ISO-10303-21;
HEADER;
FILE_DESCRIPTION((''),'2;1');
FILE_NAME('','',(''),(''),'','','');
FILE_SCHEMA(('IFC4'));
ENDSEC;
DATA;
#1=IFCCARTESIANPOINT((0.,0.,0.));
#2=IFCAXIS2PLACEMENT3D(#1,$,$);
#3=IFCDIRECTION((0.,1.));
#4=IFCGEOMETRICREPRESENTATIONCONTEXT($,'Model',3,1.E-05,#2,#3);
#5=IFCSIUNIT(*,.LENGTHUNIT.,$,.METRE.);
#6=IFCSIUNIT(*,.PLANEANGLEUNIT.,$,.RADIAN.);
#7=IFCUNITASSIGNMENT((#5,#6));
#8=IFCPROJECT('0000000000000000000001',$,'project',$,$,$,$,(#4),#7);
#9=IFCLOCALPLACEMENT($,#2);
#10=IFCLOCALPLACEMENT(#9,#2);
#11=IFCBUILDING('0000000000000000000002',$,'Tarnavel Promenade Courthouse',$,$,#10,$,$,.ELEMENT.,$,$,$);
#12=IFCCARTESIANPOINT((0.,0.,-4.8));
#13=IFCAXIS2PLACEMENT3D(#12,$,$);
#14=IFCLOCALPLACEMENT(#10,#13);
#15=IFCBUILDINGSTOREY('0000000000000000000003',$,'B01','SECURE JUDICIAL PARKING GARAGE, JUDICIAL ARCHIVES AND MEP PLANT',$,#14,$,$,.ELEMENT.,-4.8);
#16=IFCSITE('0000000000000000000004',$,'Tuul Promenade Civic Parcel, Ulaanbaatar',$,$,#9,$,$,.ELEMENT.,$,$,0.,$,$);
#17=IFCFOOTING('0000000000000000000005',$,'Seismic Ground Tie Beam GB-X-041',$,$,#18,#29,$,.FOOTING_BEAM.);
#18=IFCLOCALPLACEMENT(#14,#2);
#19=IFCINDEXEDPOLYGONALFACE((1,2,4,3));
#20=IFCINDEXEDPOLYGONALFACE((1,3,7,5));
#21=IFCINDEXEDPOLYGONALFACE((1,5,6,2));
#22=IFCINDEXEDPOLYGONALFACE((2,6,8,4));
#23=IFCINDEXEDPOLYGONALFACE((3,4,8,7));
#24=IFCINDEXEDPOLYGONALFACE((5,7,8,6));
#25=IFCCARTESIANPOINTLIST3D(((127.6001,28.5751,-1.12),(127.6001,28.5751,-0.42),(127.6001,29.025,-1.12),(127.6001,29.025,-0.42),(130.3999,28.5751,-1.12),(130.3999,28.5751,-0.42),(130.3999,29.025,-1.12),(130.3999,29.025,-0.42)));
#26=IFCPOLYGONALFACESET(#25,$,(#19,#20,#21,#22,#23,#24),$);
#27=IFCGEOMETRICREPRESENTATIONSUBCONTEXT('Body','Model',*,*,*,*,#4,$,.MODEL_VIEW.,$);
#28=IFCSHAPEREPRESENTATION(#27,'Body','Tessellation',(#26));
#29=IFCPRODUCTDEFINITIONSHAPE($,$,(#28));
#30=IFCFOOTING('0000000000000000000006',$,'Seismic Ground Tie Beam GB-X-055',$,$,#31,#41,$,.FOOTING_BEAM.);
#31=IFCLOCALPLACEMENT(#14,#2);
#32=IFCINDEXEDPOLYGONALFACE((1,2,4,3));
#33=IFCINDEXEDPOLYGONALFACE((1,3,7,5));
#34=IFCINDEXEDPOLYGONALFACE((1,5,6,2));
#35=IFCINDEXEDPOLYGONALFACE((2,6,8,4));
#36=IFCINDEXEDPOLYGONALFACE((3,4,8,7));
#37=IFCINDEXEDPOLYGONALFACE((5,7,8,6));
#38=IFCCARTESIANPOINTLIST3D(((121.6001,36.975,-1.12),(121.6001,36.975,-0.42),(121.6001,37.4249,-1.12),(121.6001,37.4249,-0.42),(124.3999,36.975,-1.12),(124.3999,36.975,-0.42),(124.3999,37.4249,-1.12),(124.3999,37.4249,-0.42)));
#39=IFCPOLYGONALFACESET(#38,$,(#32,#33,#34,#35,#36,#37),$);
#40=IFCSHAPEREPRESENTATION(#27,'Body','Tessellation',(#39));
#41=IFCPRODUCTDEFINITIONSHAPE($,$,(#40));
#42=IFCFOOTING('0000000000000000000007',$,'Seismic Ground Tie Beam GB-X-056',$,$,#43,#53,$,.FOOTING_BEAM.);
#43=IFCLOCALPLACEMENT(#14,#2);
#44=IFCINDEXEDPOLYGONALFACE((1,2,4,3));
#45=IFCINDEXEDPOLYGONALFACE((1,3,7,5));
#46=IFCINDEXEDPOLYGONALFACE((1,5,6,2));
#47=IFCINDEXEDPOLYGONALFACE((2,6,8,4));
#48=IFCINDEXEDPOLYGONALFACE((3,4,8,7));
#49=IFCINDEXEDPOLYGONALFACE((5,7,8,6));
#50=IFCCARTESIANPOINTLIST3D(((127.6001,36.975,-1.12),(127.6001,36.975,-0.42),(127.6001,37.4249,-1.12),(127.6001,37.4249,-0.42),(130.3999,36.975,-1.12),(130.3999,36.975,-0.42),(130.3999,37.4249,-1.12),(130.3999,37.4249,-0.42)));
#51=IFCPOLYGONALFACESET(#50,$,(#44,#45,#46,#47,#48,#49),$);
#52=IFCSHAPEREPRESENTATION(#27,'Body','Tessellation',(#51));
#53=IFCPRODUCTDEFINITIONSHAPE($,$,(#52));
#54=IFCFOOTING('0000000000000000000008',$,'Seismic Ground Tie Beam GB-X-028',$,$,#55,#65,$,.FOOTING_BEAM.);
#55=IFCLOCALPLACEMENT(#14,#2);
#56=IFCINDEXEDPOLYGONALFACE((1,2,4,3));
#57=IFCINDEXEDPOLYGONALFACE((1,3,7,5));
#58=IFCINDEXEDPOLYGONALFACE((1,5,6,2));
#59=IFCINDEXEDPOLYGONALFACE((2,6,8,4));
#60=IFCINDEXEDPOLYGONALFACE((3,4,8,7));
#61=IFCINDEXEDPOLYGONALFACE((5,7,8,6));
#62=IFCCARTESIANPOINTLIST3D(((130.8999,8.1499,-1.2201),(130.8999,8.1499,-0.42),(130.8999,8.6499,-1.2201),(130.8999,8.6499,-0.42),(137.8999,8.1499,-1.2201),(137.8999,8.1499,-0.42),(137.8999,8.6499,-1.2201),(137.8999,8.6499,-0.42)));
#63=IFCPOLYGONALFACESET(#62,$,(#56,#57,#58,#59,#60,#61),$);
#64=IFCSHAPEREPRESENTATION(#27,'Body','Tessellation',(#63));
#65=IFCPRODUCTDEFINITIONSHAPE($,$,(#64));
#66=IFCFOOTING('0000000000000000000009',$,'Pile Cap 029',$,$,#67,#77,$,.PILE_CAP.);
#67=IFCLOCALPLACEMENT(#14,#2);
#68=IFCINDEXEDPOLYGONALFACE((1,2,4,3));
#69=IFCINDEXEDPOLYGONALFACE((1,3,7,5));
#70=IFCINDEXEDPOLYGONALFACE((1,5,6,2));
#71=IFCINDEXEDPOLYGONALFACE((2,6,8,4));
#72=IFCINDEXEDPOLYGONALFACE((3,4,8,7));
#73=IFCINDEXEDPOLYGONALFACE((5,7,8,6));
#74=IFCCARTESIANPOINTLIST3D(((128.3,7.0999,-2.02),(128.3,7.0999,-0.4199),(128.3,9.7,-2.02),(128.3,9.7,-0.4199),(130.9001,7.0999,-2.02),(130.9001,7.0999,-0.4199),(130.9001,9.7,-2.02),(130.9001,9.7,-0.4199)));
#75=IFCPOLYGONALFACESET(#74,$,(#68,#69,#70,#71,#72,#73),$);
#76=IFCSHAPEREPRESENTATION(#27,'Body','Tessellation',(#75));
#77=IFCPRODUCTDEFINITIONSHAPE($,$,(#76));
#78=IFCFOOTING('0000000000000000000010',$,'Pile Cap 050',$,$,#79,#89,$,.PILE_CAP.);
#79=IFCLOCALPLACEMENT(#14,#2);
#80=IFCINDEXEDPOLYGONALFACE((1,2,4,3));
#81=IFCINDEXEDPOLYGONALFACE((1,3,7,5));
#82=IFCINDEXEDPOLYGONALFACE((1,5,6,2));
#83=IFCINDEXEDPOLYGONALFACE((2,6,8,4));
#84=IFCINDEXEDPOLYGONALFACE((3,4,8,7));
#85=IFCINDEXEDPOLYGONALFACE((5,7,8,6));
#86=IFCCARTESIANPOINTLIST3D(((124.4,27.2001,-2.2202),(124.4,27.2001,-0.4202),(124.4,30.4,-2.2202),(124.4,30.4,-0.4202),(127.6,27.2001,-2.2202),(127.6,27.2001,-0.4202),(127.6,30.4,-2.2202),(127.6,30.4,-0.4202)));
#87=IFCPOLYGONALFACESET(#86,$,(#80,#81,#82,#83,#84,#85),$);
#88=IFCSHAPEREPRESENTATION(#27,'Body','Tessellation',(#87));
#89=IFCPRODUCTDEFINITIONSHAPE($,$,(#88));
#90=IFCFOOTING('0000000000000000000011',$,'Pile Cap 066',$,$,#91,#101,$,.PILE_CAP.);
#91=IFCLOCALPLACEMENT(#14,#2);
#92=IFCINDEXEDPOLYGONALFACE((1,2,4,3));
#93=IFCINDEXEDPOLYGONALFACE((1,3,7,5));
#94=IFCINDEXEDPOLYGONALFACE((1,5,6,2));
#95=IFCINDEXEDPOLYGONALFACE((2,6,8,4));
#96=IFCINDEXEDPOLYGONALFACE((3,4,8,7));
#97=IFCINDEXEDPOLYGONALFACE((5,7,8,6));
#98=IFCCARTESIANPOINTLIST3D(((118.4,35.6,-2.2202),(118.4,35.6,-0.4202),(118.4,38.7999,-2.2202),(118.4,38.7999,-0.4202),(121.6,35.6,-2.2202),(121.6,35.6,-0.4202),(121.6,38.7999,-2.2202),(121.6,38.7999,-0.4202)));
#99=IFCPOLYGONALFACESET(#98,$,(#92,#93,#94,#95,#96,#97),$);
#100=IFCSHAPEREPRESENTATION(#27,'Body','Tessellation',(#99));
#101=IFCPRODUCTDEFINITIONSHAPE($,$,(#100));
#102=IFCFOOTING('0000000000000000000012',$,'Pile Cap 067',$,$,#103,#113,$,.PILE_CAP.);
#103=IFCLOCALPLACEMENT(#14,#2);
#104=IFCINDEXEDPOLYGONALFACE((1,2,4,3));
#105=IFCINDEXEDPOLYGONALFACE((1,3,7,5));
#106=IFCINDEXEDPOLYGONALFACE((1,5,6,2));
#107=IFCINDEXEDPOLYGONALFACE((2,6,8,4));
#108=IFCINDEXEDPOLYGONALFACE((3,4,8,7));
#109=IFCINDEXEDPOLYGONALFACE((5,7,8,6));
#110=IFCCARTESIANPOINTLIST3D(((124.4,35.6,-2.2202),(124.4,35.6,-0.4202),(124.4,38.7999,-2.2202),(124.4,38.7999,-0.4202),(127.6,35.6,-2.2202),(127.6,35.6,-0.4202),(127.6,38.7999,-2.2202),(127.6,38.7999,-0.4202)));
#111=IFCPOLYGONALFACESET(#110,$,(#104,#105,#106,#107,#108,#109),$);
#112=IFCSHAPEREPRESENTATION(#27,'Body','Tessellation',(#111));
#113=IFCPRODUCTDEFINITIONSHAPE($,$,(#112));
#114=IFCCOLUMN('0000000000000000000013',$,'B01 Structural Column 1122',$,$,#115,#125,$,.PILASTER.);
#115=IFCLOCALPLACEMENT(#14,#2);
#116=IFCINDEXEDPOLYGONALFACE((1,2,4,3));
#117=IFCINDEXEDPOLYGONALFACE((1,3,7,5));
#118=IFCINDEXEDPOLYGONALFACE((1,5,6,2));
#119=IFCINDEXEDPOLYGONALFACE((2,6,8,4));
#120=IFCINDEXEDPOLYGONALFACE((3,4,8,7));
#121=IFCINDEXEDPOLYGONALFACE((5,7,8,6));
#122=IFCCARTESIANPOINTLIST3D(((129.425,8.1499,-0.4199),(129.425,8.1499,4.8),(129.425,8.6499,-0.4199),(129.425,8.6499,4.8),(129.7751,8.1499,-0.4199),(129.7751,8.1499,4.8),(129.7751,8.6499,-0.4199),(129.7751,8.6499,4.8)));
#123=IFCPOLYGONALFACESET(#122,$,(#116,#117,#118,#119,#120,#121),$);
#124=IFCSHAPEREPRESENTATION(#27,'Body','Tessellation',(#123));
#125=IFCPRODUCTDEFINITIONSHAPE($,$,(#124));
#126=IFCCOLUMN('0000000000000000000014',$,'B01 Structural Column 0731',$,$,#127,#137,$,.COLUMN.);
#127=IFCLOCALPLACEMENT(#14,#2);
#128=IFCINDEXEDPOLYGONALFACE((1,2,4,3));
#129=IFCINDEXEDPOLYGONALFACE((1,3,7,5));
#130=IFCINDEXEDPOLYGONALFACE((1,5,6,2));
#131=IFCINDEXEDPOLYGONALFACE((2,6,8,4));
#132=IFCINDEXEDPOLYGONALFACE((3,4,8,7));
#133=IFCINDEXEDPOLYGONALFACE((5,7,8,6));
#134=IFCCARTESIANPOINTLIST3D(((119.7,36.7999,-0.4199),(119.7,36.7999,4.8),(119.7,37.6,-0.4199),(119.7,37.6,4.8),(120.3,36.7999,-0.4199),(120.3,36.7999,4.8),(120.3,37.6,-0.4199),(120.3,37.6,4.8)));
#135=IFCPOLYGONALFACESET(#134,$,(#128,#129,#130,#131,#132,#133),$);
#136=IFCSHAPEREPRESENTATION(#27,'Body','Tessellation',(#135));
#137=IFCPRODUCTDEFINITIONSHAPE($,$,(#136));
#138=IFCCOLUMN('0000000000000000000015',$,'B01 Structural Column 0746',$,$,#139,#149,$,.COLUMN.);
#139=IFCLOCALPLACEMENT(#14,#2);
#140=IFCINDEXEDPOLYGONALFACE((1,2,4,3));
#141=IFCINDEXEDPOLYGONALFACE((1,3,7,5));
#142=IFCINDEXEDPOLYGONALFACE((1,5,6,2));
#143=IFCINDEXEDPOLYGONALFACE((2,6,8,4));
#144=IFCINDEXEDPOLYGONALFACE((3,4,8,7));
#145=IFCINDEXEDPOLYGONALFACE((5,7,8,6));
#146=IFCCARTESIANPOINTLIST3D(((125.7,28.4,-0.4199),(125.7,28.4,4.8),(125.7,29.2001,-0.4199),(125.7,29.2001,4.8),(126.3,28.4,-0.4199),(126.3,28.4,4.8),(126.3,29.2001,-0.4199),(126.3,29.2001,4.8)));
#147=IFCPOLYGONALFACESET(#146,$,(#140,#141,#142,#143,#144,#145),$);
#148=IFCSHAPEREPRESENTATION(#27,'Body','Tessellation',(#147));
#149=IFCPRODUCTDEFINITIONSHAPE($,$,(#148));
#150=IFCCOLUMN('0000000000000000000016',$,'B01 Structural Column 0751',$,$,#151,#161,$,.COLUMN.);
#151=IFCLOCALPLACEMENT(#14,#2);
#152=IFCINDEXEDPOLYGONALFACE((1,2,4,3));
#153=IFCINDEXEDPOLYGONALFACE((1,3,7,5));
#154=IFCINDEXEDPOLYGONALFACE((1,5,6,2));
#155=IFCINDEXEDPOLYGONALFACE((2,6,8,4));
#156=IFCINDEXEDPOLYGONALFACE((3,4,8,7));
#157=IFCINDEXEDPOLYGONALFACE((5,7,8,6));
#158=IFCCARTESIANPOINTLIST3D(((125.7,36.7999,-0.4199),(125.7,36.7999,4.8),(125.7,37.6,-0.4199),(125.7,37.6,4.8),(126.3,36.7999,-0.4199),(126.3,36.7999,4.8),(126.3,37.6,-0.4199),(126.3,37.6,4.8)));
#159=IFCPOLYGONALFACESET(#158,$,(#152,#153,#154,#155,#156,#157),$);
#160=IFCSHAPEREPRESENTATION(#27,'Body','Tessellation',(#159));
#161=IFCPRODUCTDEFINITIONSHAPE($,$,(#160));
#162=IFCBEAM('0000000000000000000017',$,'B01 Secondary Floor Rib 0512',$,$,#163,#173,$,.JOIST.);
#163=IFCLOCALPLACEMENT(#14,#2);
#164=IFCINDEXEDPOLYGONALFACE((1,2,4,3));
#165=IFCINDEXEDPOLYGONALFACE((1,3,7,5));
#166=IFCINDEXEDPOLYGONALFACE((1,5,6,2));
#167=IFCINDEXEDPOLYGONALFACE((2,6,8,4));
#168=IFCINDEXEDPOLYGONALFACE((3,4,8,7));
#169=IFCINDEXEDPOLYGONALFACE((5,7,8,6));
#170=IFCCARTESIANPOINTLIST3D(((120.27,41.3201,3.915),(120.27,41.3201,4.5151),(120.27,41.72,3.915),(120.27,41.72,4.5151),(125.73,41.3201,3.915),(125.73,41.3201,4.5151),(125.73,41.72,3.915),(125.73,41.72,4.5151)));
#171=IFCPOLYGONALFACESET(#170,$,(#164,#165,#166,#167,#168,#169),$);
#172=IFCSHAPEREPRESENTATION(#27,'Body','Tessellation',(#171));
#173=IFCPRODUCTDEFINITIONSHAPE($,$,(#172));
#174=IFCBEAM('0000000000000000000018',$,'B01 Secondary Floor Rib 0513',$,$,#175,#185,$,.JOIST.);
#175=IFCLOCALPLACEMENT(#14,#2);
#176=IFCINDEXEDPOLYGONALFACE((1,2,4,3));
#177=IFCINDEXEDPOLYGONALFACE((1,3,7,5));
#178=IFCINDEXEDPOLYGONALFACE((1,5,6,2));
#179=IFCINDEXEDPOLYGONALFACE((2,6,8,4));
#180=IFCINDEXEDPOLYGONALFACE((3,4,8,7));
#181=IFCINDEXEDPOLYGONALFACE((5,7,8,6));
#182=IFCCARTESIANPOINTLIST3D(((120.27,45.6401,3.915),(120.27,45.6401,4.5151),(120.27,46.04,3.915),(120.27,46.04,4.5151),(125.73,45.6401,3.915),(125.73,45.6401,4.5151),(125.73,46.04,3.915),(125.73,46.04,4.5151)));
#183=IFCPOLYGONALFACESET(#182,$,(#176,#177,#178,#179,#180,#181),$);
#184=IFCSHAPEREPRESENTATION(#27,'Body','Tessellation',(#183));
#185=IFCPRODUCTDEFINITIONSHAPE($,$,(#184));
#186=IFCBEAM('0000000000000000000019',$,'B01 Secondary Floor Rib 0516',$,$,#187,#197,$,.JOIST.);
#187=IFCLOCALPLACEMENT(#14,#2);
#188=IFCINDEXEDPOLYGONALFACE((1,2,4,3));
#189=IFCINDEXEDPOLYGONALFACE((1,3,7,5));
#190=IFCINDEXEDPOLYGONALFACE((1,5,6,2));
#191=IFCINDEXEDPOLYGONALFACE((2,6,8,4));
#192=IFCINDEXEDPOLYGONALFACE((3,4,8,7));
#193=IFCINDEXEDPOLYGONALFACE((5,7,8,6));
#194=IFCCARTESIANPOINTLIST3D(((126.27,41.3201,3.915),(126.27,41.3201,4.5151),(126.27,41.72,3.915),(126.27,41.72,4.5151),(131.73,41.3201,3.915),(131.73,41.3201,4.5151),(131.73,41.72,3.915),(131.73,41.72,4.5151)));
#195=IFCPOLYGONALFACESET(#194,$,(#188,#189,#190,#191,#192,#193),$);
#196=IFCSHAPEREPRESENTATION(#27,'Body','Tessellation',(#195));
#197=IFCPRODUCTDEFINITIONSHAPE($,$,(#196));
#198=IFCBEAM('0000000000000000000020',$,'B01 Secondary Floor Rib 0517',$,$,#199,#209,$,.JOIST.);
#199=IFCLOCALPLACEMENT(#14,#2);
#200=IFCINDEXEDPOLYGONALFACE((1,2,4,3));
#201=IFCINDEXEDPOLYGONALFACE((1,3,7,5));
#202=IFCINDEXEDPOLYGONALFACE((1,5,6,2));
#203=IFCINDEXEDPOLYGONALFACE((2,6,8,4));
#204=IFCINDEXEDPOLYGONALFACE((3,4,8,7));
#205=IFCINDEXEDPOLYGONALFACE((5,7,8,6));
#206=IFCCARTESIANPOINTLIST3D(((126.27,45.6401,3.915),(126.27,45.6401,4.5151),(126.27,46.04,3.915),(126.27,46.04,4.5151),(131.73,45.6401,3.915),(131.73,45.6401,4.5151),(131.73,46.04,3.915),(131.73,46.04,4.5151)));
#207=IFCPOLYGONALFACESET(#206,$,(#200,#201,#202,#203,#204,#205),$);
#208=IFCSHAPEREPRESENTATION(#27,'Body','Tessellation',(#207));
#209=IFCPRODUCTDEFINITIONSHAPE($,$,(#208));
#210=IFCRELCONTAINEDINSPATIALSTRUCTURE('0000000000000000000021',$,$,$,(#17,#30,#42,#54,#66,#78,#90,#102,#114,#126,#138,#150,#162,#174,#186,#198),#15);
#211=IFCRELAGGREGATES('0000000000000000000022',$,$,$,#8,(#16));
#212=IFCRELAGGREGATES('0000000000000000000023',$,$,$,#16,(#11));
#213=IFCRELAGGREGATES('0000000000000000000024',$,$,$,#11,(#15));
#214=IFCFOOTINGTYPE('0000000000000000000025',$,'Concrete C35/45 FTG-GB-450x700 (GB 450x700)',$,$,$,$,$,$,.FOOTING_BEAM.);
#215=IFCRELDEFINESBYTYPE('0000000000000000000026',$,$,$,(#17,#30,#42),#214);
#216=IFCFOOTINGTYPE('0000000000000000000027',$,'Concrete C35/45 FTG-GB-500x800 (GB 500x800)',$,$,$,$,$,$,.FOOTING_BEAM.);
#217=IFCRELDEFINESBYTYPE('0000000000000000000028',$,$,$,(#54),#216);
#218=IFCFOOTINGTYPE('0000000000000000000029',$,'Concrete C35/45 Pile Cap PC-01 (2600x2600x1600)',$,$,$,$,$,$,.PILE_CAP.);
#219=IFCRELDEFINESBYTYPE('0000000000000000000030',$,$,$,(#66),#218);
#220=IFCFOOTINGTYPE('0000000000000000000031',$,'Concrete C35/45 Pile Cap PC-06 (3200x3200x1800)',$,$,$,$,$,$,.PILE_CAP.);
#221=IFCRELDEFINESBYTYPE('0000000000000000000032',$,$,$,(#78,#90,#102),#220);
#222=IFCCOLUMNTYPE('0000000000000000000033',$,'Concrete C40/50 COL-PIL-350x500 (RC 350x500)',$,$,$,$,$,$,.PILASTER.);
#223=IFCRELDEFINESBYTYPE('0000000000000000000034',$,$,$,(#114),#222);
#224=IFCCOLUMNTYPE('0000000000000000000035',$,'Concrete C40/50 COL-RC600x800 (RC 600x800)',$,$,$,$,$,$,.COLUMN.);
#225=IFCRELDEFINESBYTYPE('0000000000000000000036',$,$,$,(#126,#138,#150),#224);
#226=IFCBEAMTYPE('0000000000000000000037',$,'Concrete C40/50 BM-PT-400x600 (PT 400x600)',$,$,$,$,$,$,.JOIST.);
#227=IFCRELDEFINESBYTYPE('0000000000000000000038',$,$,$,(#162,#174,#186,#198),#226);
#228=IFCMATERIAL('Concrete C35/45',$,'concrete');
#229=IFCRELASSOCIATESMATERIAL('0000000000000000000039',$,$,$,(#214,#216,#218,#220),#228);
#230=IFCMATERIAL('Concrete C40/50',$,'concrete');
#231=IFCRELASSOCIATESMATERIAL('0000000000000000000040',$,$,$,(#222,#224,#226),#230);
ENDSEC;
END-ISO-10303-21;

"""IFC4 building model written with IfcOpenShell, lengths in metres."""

from ifc_helpers import new_model, si_unit, direction, frame, origin, origin_2d, place, context, subcontext, project, spatial, rectangle, extrude, material, material_profile, profile_set, type_object, element, save


model = new_model("IFC4")

# Units and contexts
model_context = context("Model", 3, precision=1e-05, world=origin(), true_north=direction((0.0, 1.0)))
body_context = subcontext(model_context, "Body", "Model", "MODEL_VIEW")
ifc_project = project(units=[si_unit("LENGTHUNIT", "METRE"), si_unit("PLANEANGLEUNIT", "RADIAN")], contexts=[model_context])

# Site, building, storey
site_placement = place(None, origin())
site = spatial("IfcSite", under=ifc_project, at=site_placement, Name="Tuul Promenade Civic Parcel, Ulaanbaatar", CompositionType="ELEMENT", RefElevation=0.0)
building_placement = place(site_placement, origin())
building = spatial("IfcBuilding", under=site, at=building_placement, Name="Tarnavel Promenade Courthouse", CompositionType="ELEMENT")
storey_placement = place(building_placement, frame((0.0, 0.0, -4.8)))
storey = spatial("IfcBuildingStorey", under=building, at=storey_placement, Name="B01", Description="SECURE JUDICIAL PARKING GARAGE, JUDICIAL ARCHIVES AND MEP PLANT", CompositionType="ELEMENT", Elevation=-4.8)

# Footings
ifc_material_1 = material(Name="Concrete C35/45", Category="concrete")
ifc_material_profile_1 = material_profile(ifc_material_1, rectangle(XDim=0.45, YDim=0.7, at=origin_2d()), Name="GB 450x700")
ifc_profile_set_1 = profile_set([ifc_material_profile_1], Name="Concrete C35/45")
footing_type_1 = type_object("IfcFootingType", Name="Concrete C35/45 FTG-GB-450x700 (GB 450x700)", PredefinedType="FOOTING_BEAM", material=ifc_profile_set_1)
for number, where, z_axis, x_axis, name in (
    (1, (127.6001, 28.8, -0.77), (1.0, 0.0, 0.0), (0.0, 1.0, 0.0), "Seismic Ground Tie Beam GB-X-041"),
    (2, (121.6001, 37.2, -0.77), (1.0, 0.0, 0.0), (0.0, 1.0, 0.0), "Seismic Ground Tie Beam GB-X-055"),
    (3, (127.6001, 37.2, -0.77), (1.0, 0.0, 0.0), (0.0, 1.0, 0.0), "Seismic Ground Tie Beam GB-X-056"),
):
    element("IfcFooting", number, at=place(storey_placement, frame(where, z_axis=z_axis, x_axis=x_axis)), inside=storey, type_object=footing_type_1, Name=name, PredefinedType="FOOTING_BEAM", context=body_context, shape_type="SweptSolid", body=[
        extrude(rectangle(XDim=0.45, YDim=0.7, at=origin_2d()), origin(), (0.0, 0.0, 1.0), 2.7998),
    ])
ifc_material_profile_2 = material_profile(ifc_material_1, rectangle(XDim=0.5, YDim=0.8, at=origin_2d()), Name="GB 500x800")
ifc_profile_set_2 = profile_set([ifc_material_profile_2], Name="Concrete C35/45")
footing_type_2 = type_object("IfcFootingType", Name="Concrete C35/45 FTG-GB-500x800 (GB 500x800)", PredefinedType="FOOTING_BEAM", material=ifc_profile_set_2)
footing_1_placement = place(storey_placement, frame((130.8999, 8.3999, -0.8201), z_axis=(1.0, 0.0, 0.0), x_axis=(0.0, 1.0, 0.0)))
element("IfcFooting", 4, at=footing_1_placement, inside=storey, type_object=footing_type_2, Name="Seismic Ground Tie Beam GB-X-028", PredefinedType="FOOTING_BEAM", context=body_context, shape_type="SweptSolid", body=[
    extrude(rectangle(XDim=0.5, YDim=0.8, at=origin_2d()), origin(), (0.0, 0.0, 1.0), 7.0),
])
footing_type_3 = type_object("IfcFootingType", Name="Concrete C35/45 Pile Cap PC-01 (2600x2600x1600)", PredefinedType="PILE_CAP", material=ifc_material_1)
footing_2_placement = place(storey_placement, frame((129.6001, 8.3999, -2.02), z_axis=(0.0, 0.0, 1.0), x_axis=(1.0, 0.0, 0.0)))
element("IfcFooting", 5, at=footing_2_placement, inside=storey, type_object=footing_type_3, Name="Pile Cap 029", PredefinedType="PILE_CAP", context=body_context, shape_type="SweptSolid", body=[
    extrude(rectangle(XDim=2.6001, YDim=2.6001, at=origin_2d()), origin(), (0.0, 0.0, 1.0), 1.6001),
])
footing_type_4 = type_object("IfcFootingType", Name="Concrete C35/45 Pile Cap PC-06 (3200x3200x1800)", PredefinedType="PILE_CAP", material=ifc_material_1)
for number, where, z_axis, x_axis, name in (
    (6, (126.0, 28.8, -2.2202), (0.0, 0.0, 1.0), (1.0, 0.0, 0.0), "Pile Cap 050"),
    (7, (120.0, 37.2, -2.2202), (0.0, 0.0, 1.0), (1.0, 0.0, 0.0), "Pile Cap 066"),
    (8, (126.0, 37.2, -2.2202), (0.0, 0.0, 1.0), (1.0, 0.0, 0.0), "Pile Cap 067"),
):
    element("IfcFooting", number, at=place(storey_placement, frame(where, z_axis=z_axis, x_axis=x_axis)), inside=storey, type_object=footing_type_4, Name=name, PredefinedType="PILE_CAP", context=body_context, shape_type="SweptSolid", body=[
        extrude(rectangle(XDim=3.2, YDim=3.2, at=origin_2d()), origin(), (0.0, 0.0, 1.0), 1.8),
    ])

# Columns
ifc_material_2 = material(Name="Concrete C40/50", Category="concrete")
ifc_material_profile_3 = material_profile(ifc_material_2, rectangle(XDim=0.3501, YDim=0.5, at=origin_2d()), Name="RC 350x500")
ifc_profile_set_3 = profile_set([ifc_material_profile_3], Name="Concrete C40/50")
column_type_1 = type_object("IfcColumnType", Name="Concrete C40/50 COL-PIL-350x500 (RC 350x500)", PredefinedType="PILASTER", material=ifc_profile_set_3)
column_placement = place(storey_placement, frame((129.6001, 8.3999, -0.4199), z_axis=(0.0, 0.0, 1.0), x_axis=(1.0, 0.0, 0.0)))
element("IfcColumn", 9, at=column_placement, inside=storey, type_object=column_type_1, Name="B01 Structural Column 1122", PredefinedType="PILASTER", context=body_context, shape_type="SweptSolid", body=[
    extrude(rectangle(XDim=0.3501, YDim=0.5, at=origin_2d()), origin(), (0.0, 0.0, 1.0), 5.22),
])
ifc_material_profile_4 = material_profile(ifc_material_2, rectangle(XDim=0.6001, YDim=0.8, at=origin_2d()), Name="RC 600x800")
ifc_profile_set_4 = profile_set([ifc_material_profile_4], Name="Concrete C40/50")
column_type_2 = type_object("IfcColumnType", Name="Concrete C40/50 COL-RC600x800 (RC 600x800)", PredefinedType="COLUMN", material=ifc_profile_set_4)
for number, where, z_axis, x_axis, name in (
    (10, (120.0, 37.2, -0.4199), (0.0, 0.0, 1.0), (1.0, 0.0, 0.0), "B01 Structural Column 0731"),
    (11, (126.0, 28.8, -0.4199), (0.0, 0.0, 1.0), (1.0, 0.0, 0.0), "B01 Structural Column 0746"),
    (12, (126.0, 37.2, -0.4199), (0.0, 0.0, 1.0), (1.0, 0.0, 0.0), "B01 Structural Column 0751"),
):
    element("IfcColumn", number, at=place(storey_placement, frame(where, z_axis=z_axis, x_axis=x_axis)), inside=storey, type_object=column_type_2, Name=name, PredefinedType="COLUMN", context=body_context, shape_type="SweptSolid", body=[
        extrude(rectangle(XDim=0.6001, YDim=0.8, at=origin_2d()), origin(), (0.0, 0.0, 1.0), 5.22),
    ])

# Beams
ifc_material_profile_5 = material_profile(ifc_material_2, rectangle(XDim=0.3999, YDim=0.6001, at=origin_2d()), Name="PT 400x600")
ifc_profile_set_5 = profile_set([ifc_material_profile_5], Name="Concrete C40/50")
beam_type_1 = type_object("IfcBeamType", Name="Concrete C40/50 BM-PT-400x600 (PT 400x600)", PredefinedType="JOIST", material=ifc_profile_set_5)
for number, where, z_axis, x_axis, name in (
    (13, (120.27, 41.52, 4.2151), (1.0, 0.0, 0.0), (0.0, 1.0, 0.0), "B01 Secondary Floor Rib 0512"),
    (14, (120.27, 45.8401, 4.2151), (1.0, 0.0, 0.0), (0.0, 1.0, 0.0), "B01 Secondary Floor Rib 0513"),
    (15, (126.27, 41.52, 4.2151), (1.0, 0.0, 0.0), (0.0, 1.0, 0.0), "B01 Secondary Floor Rib 0516"),
    (16, (126.27, 45.8401, 4.2151), (1.0, 0.0, 0.0), (0.0, 1.0, 0.0), "B01 Secondary Floor Rib 0517"),
):
    element("IfcBeam", number, at=place(storey_placement, frame(where, z_axis=z_axis, x_axis=x_axis)), inside=storey, type_object=beam_type_1, Name=name, PredefinedType="JOIST", context=body_context, shape_type="SweptSolid", body=[
        extrude(rectangle(XDim=0.3999, YDim=0.6001, at=origin_2d()), origin(), (0.0, 0.0, 1.0), 5.46),
    ])

save(model, "model.ifc")
